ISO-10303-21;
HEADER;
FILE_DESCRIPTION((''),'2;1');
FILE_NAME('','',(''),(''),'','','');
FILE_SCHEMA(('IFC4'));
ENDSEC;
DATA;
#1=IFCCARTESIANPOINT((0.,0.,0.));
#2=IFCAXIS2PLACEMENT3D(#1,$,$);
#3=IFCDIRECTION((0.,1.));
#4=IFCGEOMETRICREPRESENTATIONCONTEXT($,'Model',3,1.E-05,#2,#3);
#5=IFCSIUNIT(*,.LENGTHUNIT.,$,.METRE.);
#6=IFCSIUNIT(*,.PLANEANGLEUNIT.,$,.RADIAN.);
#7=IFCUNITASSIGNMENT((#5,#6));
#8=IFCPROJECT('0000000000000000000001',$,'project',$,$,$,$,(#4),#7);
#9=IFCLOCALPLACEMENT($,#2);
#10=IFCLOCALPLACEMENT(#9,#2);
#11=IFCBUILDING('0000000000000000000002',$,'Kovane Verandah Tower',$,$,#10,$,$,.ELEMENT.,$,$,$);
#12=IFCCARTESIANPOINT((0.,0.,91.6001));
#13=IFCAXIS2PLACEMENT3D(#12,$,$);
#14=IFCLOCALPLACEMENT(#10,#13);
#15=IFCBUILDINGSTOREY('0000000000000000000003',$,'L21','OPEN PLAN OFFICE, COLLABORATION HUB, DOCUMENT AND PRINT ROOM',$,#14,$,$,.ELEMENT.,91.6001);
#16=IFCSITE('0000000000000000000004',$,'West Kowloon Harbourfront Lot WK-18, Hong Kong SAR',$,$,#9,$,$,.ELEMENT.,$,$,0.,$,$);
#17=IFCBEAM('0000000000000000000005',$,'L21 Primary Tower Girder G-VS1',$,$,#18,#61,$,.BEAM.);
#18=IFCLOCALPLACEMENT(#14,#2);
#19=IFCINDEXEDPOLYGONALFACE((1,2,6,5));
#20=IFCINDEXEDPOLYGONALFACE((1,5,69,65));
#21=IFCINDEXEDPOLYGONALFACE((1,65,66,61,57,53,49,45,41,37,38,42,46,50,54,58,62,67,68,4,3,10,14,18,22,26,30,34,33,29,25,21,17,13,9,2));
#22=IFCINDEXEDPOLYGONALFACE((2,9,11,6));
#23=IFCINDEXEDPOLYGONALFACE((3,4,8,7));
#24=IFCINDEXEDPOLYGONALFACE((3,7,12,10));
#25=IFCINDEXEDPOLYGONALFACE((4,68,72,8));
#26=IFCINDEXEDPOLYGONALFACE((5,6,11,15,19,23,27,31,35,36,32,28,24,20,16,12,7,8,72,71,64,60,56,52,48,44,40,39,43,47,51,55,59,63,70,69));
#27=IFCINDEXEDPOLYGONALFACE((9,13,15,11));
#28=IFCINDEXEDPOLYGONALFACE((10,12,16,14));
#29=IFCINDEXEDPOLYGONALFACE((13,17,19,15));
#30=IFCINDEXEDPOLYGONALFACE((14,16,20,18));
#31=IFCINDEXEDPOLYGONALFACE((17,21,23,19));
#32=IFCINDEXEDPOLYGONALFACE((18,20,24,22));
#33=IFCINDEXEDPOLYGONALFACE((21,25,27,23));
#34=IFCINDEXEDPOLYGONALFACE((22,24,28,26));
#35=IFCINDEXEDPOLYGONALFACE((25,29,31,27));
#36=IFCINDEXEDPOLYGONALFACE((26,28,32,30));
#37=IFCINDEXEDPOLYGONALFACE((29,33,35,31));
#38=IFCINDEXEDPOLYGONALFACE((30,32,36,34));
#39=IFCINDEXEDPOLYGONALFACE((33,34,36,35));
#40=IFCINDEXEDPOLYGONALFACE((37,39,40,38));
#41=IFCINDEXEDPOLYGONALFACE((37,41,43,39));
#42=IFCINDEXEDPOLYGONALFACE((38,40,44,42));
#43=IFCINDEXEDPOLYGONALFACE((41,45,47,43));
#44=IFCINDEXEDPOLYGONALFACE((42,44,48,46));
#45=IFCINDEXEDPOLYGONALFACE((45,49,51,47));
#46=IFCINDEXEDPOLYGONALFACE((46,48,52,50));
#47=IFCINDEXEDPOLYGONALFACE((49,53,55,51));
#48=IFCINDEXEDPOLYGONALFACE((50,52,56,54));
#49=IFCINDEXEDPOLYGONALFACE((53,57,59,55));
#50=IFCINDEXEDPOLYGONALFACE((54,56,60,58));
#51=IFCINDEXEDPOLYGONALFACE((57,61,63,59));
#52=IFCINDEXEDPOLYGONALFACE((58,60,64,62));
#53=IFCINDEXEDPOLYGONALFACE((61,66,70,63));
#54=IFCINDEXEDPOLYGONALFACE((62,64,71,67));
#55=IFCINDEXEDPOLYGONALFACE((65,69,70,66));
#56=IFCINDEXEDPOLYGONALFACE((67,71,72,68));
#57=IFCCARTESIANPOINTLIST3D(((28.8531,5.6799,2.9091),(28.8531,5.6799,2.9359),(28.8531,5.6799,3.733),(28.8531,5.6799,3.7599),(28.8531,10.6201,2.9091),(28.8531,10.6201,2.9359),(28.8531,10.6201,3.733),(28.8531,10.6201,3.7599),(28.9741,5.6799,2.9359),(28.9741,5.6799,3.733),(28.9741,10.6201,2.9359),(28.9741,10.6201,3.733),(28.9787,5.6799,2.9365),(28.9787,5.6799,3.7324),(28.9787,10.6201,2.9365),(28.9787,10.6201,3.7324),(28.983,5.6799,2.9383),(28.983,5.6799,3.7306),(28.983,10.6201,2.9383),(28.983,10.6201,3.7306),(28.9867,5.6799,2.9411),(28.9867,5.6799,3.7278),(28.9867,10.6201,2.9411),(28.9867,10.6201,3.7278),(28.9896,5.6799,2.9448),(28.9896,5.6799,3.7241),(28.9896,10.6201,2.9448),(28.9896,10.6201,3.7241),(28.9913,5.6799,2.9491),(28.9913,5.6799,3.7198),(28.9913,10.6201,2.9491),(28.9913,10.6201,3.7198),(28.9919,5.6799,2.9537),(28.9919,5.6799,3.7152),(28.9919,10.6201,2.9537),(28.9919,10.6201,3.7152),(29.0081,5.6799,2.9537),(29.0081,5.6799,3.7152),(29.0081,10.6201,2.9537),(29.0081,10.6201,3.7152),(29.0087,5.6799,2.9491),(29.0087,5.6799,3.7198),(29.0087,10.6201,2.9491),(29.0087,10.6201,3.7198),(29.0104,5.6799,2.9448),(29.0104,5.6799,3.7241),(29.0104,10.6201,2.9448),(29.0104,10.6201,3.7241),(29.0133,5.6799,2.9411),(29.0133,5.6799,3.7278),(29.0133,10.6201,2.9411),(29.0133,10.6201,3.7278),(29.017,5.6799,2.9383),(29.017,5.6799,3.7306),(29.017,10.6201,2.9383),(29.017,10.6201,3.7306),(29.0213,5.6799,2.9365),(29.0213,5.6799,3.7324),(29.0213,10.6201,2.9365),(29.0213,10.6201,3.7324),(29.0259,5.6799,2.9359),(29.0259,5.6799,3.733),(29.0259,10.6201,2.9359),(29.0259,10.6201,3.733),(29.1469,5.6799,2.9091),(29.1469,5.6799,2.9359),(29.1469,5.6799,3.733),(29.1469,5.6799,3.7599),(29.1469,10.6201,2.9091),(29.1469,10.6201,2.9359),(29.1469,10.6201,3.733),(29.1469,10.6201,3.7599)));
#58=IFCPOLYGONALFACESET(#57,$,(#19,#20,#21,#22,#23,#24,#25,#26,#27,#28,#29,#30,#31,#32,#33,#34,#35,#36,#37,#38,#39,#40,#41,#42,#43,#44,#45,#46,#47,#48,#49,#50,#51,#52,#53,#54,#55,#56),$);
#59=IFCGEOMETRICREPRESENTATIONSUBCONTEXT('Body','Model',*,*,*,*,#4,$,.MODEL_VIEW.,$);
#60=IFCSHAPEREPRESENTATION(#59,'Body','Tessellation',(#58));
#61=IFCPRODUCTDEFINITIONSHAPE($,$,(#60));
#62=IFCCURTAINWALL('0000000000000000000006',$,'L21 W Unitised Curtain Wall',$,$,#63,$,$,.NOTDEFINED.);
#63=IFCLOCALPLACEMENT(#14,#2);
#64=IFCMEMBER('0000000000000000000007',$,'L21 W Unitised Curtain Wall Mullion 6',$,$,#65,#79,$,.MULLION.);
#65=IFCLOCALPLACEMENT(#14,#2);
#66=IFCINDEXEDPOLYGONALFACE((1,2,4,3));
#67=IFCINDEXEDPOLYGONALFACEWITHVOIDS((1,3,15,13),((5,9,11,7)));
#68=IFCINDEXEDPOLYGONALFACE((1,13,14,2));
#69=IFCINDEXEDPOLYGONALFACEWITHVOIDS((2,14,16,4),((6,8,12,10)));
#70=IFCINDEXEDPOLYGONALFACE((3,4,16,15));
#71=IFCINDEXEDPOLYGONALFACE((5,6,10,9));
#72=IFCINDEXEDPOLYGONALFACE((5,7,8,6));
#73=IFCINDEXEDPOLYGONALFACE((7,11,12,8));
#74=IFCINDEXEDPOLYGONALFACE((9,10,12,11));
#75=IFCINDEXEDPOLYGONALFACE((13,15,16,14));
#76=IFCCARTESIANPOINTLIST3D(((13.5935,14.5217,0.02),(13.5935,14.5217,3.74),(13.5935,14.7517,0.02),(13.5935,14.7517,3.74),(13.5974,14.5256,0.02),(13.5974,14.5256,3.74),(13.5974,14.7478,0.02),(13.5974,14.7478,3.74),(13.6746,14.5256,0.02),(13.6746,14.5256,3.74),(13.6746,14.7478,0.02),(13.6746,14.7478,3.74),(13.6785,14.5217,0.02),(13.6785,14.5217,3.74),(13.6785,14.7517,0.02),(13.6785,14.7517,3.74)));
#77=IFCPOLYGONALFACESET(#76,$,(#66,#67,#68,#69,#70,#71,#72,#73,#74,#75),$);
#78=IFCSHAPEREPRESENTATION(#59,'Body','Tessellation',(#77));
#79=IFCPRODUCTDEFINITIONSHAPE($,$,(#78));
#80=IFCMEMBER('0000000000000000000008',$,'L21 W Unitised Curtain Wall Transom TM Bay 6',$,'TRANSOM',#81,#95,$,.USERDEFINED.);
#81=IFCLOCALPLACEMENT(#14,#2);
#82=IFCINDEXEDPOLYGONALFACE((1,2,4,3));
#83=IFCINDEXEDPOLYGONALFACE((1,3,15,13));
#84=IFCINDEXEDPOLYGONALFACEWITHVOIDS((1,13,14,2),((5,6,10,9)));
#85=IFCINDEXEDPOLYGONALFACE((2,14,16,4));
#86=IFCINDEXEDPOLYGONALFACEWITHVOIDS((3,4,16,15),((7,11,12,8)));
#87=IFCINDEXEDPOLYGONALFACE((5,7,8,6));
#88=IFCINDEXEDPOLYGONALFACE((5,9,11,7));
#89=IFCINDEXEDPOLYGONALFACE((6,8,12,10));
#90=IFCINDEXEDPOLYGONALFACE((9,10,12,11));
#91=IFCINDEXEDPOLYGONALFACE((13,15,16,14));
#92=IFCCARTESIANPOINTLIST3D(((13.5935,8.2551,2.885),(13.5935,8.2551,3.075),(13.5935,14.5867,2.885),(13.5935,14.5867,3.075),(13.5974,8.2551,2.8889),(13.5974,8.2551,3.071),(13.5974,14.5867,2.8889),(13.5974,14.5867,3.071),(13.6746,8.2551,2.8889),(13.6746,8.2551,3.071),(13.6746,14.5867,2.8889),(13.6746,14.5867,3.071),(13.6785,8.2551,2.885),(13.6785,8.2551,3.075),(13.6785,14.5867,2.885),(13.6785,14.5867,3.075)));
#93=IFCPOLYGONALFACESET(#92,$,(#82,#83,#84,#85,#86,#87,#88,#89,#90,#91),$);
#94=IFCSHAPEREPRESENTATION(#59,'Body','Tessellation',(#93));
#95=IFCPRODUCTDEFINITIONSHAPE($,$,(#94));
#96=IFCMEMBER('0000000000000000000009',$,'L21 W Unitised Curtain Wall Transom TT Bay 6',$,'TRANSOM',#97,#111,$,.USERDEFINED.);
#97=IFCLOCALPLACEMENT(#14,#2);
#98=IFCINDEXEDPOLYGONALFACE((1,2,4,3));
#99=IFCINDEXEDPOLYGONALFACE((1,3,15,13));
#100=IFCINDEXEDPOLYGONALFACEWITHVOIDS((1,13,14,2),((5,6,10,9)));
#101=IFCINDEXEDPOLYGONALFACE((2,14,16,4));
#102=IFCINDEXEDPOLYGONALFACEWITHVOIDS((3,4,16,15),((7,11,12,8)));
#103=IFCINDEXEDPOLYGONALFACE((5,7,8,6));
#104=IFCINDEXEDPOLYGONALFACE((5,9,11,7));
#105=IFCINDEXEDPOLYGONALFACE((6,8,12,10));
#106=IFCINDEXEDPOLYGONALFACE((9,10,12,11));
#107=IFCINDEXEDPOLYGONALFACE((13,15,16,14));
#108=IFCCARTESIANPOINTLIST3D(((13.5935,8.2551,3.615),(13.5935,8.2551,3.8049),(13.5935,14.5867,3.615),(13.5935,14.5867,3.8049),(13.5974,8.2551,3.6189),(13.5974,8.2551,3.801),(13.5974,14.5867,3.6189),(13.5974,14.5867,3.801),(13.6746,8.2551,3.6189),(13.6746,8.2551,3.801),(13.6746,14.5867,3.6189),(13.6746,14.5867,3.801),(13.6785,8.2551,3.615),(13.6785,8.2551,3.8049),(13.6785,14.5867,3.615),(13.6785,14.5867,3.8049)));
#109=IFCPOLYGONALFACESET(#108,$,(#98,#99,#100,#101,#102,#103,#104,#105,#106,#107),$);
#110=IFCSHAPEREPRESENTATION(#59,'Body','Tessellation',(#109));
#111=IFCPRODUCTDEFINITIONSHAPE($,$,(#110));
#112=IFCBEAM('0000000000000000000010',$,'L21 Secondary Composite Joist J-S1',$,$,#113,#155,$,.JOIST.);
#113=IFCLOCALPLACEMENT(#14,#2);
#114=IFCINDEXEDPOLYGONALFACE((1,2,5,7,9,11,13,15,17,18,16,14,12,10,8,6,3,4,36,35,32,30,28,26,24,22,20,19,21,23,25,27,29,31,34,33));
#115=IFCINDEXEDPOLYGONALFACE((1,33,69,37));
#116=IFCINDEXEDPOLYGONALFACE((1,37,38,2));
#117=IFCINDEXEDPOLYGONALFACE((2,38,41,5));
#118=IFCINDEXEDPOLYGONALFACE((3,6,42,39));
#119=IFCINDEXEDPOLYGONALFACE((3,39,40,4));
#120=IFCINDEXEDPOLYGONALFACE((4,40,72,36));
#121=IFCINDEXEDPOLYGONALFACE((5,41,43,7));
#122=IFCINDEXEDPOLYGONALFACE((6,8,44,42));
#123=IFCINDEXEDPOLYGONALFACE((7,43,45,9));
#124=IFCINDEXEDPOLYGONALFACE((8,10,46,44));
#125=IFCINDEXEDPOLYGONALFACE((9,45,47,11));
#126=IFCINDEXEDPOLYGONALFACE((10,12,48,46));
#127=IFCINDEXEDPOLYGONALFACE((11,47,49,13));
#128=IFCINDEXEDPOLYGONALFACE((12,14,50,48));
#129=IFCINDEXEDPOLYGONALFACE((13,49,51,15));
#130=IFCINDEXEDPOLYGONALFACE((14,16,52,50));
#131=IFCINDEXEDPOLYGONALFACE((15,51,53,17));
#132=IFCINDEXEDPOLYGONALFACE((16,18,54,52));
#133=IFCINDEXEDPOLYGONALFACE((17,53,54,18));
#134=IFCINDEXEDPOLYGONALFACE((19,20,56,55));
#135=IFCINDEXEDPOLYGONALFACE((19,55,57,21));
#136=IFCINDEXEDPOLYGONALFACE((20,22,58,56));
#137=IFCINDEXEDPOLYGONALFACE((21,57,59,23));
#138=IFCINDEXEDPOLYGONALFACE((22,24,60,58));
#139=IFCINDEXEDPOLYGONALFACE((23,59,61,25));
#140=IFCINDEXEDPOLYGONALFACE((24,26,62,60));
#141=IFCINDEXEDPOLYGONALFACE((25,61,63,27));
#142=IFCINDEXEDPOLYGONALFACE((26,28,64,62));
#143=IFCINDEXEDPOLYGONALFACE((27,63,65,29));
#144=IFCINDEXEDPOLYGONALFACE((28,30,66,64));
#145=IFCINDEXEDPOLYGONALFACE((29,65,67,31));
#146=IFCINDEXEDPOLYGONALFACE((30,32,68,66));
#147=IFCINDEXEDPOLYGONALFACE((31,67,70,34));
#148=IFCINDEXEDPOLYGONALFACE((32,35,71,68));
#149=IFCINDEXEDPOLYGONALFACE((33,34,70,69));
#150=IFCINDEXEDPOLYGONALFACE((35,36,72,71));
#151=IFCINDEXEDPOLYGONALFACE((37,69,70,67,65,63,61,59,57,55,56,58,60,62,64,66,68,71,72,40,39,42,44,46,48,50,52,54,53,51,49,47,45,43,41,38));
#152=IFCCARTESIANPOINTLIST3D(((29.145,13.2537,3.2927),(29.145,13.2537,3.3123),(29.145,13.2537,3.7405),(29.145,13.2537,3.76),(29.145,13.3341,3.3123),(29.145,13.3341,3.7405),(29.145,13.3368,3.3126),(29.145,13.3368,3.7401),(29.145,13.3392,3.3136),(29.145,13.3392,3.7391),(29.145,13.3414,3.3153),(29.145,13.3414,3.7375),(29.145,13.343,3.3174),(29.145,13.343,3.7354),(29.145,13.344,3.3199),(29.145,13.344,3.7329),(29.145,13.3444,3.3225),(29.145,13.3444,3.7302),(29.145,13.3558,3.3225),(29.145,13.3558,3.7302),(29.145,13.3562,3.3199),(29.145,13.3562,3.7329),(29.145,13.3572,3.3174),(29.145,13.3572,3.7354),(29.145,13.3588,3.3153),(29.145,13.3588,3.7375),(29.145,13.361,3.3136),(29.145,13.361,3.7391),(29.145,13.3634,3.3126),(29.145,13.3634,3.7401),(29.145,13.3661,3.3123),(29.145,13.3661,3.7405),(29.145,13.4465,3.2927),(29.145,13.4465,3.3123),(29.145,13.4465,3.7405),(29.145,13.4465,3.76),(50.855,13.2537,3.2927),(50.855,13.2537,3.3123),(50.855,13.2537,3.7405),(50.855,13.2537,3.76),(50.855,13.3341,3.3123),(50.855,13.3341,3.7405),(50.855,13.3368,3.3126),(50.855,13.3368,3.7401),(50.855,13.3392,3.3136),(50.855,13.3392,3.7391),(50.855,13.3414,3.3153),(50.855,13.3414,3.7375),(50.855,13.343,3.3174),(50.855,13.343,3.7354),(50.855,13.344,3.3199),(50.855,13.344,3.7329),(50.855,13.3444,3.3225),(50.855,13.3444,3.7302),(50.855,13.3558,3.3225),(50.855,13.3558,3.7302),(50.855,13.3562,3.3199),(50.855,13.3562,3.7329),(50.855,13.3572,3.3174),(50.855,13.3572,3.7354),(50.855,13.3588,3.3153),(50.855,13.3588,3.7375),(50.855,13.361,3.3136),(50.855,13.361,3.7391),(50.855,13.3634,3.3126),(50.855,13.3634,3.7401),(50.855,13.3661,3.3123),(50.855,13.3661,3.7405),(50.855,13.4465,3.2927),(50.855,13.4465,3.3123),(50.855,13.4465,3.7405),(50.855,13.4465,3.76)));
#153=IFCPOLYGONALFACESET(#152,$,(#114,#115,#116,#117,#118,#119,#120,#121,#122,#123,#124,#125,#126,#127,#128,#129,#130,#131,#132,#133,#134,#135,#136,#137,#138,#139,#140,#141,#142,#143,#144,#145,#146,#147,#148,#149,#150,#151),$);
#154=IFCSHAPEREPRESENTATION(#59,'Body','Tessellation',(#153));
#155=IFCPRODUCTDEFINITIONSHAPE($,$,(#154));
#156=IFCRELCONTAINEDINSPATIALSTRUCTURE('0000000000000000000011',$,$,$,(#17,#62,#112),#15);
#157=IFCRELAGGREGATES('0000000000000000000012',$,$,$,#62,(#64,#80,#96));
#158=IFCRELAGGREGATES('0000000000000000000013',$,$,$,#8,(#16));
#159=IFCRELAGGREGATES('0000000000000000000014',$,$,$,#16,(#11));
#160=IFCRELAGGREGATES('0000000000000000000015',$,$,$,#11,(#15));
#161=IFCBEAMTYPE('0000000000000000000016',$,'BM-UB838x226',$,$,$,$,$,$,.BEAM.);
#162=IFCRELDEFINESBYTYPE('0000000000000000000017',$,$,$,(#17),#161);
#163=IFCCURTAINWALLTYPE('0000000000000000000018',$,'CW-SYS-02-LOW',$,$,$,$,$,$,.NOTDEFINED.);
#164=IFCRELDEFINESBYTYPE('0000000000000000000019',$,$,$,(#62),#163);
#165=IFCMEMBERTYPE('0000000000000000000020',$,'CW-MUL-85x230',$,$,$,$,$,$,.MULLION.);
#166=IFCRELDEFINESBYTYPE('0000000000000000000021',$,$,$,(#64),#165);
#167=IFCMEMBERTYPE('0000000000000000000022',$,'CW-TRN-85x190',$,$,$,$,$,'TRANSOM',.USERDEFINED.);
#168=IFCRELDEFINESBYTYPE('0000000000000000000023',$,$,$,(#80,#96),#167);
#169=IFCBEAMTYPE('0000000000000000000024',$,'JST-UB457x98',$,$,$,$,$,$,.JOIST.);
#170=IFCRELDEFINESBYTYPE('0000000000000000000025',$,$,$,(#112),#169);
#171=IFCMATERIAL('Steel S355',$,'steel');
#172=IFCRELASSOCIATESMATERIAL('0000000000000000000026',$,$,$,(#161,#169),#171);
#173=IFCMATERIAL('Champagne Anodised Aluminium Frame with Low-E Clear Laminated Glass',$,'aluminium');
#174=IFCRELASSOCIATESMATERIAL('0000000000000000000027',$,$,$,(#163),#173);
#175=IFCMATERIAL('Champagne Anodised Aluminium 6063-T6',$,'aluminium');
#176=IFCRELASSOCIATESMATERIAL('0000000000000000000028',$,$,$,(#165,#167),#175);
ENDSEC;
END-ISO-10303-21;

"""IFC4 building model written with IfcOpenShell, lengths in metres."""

from ifc_helpers import new_model, si_unit, direction, frame, origin, origin_2d, place, context, subcontext, project, spatial, hollow_rectangle, i_section, extrude, material, material_profile, profile_set, type_object, element, aggregate, save


model = new_model("IFC4")

# Units and contexts
model_context = context("Model", 3, precision=1e-05, world=origin(), true_north=direction((0.0, 1.0)))
body_context = subcontext(model_context, "Body", "Model", "MODEL_VIEW")
ifc_project = project(units=[si_unit("LENGTHUNIT", "METRE"), si_unit("PLANEANGLEUNIT", "RADIAN")], contexts=[model_context])

# Site, building, storey
site_placement = place(None, origin())
site = spatial("IfcSite", under=ifc_project, at=site_placement, Name="West Kowloon Harbourfront Lot WK-18, Hong Kong SAR", CompositionType="ELEMENT", RefElevation=0.0)
building_placement = place(site_placement, origin())
building = spatial("IfcBuilding", under=site, at=building_placement, Name="Kovane Verandah Tower", CompositionType="ELEMENT")
storey_placement = place(building_placement, frame((0.0, 0.0, 91.6001)))
storey = spatial("IfcBuildingStorey", under=building, at=storey_placement, Name="L21", Description="OPEN PLAN OFFICE, COLLABORATION HUB, DOCUMENT AND PRINT ROOM", CompositionType="ELEMENT", Elevation=91.6001)

# Beam
ifc_material_1 = material(Name="Steel S355", Category="steel")
ifc_material_profile_1 = material_profile(ifc_material_1, i_section(OverallWidth=0.2937, OverallDepth=0.8508, WebThickness=0.0161, FlangeThickness=0.0269, FilletRadius=0.0178, at=origin_2d()), Name="UB838x292x226")
ifc_profile_set_1 = profile_set([ifc_material_profile_1], Name="Steel S355")
beam_type_1 = type_object("IfcBeamType", Name="BM-UB838x226", PredefinedType="BEAM", material=ifc_profile_set_1)
beam_1_placement = place(storey_placement, frame((29.0, 10.6201, 3.3345), z_axis=(0.0, -1.0, 0.0), x_axis=(1.0, 0.0, 0.0)))
element("IfcBeam", 1, at=beam_1_placement, inside=storey, type_object=beam_type_1, Name="L21 Primary Tower Girder G-VS1", PredefinedType="BEAM", context=body_context, shape_type="SweptSolid", body=[
    extrude(i_section(OverallWidth=0.2937, OverallDepth=0.8508, WebThickness=0.0161, FlangeThickness=0.0269, FilletRadius=0.0178, at=origin_2d()), origin(), (0.0, 0.0, 1.0), 4.9402),
])

# Curtain wall, members
ifc_material_2 = material(Name="Champagne Anodised Aluminium Frame with Low-E Clear Laminated Glass", Category="aluminium")
curtain_wall_type = type_object("IfcCurtainWallType", Name="CW-SYS-02-LOW", PredefinedType="NOTDEFINED", material=ifc_material_2)
curtain_wall_placement = place(storey_placement, origin())
curtain_wall = element("IfcCurtainWall", 2, at=curtain_wall_placement, inside=storey, type_object=curtain_wall_type, Name="L21 W Unitised Curtain Wall", PredefinedType="NOTDEFINED")
ifc_material_3 = material(Name="Champagne Anodised Aluminium 6063-T6", Category="aluminium")
ifc_material_profile_2 = material_profile(ifc_material_3, hollow_rectangle(XDim=0.085, YDim=0.23, WallThickness=0.0039, at=origin_2d()), Name="AL85x230x4")
ifc_profile_set_2 = profile_set([ifc_material_profile_2], Name="Champagne Anodised Aluminium 6063-T6")
member_type_1 = type_object("IfcMemberType", Name="CW-MUL-85x230", PredefinedType="MULLION", material=ifc_profile_set_2)
member_1_placement = place(storey_placement, frame((13.636, 14.6367, 0.02), z_axis=(0.0, 0.0, 1.0), x_axis=(-1.0, 0.0, 0.0)))
member_1 = element("IfcMember", 3, at=member_1_placement, type_object=member_type_1, Name="L21 W Unitised Curtain Wall Mullion 6", PredefinedType="MULLION", context=body_context, shape_type="SweptSolid", body=[
    extrude(hollow_rectangle(XDim=0.085, YDim=0.23, WallThickness=0.0039, at=origin_2d()), origin(), (0.0, 0.0, 1.0), 3.72),
])
ifc_material_profile_3 = material_profile(ifc_material_3, hollow_rectangle(XDim=0.085, YDim=0.1899, WallThickness=0.0039, at=origin_2d()), Name="AL85x190x4")
ifc_profile_set_3 = profile_set([ifc_material_profile_3], Name="Champagne Anodised Aluminium 6063-T6")
member_type_2 = type_object("IfcMemberType", Name="CW-TRN-85x190", ElementType="TRANSOM", PredefinedType="USERDEFINED", material=ifc_profile_set_3)
member_2_placement = place(storey_placement, frame((13.636, 14.5867, 2.98), z_axis=(0.0, -1.0, 0.0), x_axis=(1.0, 0.0, 0.0)))
member_2 = element("IfcMember", 4, at=member_2_placement, type_object=member_type_2, Name="L21 W Unitised Curtain Wall Transom TM Bay 6", ObjectType="TRANSOM", PredefinedType="USERDEFINED", context=body_context, shape_type="SweptSolid", body=[
    extrude(hollow_rectangle(XDim=0.085, YDim=0.1899, WallThickness=0.0039, at=origin_2d()), origin(), (0.0, 0.0, 1.0), 6.3315),
])
member_3_placement = place(storey_placement, frame((13.636, 14.5867, 3.71), z_axis=(0.0, -1.0, 0.0), x_axis=(1.0, 0.0, 0.0)))
member_3 = element("IfcMember", 5, at=member_3_placement, type_object=member_type_2, Name="L21 W Unitised Curtain Wall Transom TT Bay 6", ObjectType="TRANSOM", PredefinedType="USERDEFINED", context=body_context, shape_type="SweptSolid", body=[
    extrude(hollow_rectangle(XDim=0.085, YDim=0.1899, WallThickness=0.0039, at=origin_2d()), origin(), (0.0, 0.0, 1.0), 6.3315),
])
aggregate(curtain_wall, [member_1, member_2, member_3])

# Beam
ifc_material_profile_4 = material_profile(ifc_material_1, i_section(OverallWidth=0.1929, OverallDepth=0.4673, WebThickness=0.0115, FlangeThickness=0.0195, FilletRadius=0.0103, at=origin_2d()), Name="UB457x191x98")
ifc_profile_set_4 = profile_set([ifc_material_profile_4], Name="Steel S355")
beam_type_2 = type_object("IfcBeamType", Name="JST-UB457x98", PredefinedType="JOIST", material=ifc_profile_set_4)
beam_2_placement = place(storey_placement, frame((29.145, 13.3501, 3.5264), z_axis=(1.0, 0.0, 0.0), x_axis=(0.0, 1.0, 0.0)))
element("IfcBeam", 6, at=beam_2_placement, inside=storey, type_object=beam_type_2, Name="L21 Secondary Composite Joist J-S1", PredefinedType="JOIST", context=body_context, shape_type="SweptSolid", body=[
    extrude(i_section(OverallWidth=0.1929, OverallDepth=0.4673, WebThickness=0.0115, FlangeThickness=0.0195, FilletRadius=0.0103, at=origin_2d()), origin(), (0.0, 0.0, 1.0), 21.71),
])

save(model, "model.ifc")
